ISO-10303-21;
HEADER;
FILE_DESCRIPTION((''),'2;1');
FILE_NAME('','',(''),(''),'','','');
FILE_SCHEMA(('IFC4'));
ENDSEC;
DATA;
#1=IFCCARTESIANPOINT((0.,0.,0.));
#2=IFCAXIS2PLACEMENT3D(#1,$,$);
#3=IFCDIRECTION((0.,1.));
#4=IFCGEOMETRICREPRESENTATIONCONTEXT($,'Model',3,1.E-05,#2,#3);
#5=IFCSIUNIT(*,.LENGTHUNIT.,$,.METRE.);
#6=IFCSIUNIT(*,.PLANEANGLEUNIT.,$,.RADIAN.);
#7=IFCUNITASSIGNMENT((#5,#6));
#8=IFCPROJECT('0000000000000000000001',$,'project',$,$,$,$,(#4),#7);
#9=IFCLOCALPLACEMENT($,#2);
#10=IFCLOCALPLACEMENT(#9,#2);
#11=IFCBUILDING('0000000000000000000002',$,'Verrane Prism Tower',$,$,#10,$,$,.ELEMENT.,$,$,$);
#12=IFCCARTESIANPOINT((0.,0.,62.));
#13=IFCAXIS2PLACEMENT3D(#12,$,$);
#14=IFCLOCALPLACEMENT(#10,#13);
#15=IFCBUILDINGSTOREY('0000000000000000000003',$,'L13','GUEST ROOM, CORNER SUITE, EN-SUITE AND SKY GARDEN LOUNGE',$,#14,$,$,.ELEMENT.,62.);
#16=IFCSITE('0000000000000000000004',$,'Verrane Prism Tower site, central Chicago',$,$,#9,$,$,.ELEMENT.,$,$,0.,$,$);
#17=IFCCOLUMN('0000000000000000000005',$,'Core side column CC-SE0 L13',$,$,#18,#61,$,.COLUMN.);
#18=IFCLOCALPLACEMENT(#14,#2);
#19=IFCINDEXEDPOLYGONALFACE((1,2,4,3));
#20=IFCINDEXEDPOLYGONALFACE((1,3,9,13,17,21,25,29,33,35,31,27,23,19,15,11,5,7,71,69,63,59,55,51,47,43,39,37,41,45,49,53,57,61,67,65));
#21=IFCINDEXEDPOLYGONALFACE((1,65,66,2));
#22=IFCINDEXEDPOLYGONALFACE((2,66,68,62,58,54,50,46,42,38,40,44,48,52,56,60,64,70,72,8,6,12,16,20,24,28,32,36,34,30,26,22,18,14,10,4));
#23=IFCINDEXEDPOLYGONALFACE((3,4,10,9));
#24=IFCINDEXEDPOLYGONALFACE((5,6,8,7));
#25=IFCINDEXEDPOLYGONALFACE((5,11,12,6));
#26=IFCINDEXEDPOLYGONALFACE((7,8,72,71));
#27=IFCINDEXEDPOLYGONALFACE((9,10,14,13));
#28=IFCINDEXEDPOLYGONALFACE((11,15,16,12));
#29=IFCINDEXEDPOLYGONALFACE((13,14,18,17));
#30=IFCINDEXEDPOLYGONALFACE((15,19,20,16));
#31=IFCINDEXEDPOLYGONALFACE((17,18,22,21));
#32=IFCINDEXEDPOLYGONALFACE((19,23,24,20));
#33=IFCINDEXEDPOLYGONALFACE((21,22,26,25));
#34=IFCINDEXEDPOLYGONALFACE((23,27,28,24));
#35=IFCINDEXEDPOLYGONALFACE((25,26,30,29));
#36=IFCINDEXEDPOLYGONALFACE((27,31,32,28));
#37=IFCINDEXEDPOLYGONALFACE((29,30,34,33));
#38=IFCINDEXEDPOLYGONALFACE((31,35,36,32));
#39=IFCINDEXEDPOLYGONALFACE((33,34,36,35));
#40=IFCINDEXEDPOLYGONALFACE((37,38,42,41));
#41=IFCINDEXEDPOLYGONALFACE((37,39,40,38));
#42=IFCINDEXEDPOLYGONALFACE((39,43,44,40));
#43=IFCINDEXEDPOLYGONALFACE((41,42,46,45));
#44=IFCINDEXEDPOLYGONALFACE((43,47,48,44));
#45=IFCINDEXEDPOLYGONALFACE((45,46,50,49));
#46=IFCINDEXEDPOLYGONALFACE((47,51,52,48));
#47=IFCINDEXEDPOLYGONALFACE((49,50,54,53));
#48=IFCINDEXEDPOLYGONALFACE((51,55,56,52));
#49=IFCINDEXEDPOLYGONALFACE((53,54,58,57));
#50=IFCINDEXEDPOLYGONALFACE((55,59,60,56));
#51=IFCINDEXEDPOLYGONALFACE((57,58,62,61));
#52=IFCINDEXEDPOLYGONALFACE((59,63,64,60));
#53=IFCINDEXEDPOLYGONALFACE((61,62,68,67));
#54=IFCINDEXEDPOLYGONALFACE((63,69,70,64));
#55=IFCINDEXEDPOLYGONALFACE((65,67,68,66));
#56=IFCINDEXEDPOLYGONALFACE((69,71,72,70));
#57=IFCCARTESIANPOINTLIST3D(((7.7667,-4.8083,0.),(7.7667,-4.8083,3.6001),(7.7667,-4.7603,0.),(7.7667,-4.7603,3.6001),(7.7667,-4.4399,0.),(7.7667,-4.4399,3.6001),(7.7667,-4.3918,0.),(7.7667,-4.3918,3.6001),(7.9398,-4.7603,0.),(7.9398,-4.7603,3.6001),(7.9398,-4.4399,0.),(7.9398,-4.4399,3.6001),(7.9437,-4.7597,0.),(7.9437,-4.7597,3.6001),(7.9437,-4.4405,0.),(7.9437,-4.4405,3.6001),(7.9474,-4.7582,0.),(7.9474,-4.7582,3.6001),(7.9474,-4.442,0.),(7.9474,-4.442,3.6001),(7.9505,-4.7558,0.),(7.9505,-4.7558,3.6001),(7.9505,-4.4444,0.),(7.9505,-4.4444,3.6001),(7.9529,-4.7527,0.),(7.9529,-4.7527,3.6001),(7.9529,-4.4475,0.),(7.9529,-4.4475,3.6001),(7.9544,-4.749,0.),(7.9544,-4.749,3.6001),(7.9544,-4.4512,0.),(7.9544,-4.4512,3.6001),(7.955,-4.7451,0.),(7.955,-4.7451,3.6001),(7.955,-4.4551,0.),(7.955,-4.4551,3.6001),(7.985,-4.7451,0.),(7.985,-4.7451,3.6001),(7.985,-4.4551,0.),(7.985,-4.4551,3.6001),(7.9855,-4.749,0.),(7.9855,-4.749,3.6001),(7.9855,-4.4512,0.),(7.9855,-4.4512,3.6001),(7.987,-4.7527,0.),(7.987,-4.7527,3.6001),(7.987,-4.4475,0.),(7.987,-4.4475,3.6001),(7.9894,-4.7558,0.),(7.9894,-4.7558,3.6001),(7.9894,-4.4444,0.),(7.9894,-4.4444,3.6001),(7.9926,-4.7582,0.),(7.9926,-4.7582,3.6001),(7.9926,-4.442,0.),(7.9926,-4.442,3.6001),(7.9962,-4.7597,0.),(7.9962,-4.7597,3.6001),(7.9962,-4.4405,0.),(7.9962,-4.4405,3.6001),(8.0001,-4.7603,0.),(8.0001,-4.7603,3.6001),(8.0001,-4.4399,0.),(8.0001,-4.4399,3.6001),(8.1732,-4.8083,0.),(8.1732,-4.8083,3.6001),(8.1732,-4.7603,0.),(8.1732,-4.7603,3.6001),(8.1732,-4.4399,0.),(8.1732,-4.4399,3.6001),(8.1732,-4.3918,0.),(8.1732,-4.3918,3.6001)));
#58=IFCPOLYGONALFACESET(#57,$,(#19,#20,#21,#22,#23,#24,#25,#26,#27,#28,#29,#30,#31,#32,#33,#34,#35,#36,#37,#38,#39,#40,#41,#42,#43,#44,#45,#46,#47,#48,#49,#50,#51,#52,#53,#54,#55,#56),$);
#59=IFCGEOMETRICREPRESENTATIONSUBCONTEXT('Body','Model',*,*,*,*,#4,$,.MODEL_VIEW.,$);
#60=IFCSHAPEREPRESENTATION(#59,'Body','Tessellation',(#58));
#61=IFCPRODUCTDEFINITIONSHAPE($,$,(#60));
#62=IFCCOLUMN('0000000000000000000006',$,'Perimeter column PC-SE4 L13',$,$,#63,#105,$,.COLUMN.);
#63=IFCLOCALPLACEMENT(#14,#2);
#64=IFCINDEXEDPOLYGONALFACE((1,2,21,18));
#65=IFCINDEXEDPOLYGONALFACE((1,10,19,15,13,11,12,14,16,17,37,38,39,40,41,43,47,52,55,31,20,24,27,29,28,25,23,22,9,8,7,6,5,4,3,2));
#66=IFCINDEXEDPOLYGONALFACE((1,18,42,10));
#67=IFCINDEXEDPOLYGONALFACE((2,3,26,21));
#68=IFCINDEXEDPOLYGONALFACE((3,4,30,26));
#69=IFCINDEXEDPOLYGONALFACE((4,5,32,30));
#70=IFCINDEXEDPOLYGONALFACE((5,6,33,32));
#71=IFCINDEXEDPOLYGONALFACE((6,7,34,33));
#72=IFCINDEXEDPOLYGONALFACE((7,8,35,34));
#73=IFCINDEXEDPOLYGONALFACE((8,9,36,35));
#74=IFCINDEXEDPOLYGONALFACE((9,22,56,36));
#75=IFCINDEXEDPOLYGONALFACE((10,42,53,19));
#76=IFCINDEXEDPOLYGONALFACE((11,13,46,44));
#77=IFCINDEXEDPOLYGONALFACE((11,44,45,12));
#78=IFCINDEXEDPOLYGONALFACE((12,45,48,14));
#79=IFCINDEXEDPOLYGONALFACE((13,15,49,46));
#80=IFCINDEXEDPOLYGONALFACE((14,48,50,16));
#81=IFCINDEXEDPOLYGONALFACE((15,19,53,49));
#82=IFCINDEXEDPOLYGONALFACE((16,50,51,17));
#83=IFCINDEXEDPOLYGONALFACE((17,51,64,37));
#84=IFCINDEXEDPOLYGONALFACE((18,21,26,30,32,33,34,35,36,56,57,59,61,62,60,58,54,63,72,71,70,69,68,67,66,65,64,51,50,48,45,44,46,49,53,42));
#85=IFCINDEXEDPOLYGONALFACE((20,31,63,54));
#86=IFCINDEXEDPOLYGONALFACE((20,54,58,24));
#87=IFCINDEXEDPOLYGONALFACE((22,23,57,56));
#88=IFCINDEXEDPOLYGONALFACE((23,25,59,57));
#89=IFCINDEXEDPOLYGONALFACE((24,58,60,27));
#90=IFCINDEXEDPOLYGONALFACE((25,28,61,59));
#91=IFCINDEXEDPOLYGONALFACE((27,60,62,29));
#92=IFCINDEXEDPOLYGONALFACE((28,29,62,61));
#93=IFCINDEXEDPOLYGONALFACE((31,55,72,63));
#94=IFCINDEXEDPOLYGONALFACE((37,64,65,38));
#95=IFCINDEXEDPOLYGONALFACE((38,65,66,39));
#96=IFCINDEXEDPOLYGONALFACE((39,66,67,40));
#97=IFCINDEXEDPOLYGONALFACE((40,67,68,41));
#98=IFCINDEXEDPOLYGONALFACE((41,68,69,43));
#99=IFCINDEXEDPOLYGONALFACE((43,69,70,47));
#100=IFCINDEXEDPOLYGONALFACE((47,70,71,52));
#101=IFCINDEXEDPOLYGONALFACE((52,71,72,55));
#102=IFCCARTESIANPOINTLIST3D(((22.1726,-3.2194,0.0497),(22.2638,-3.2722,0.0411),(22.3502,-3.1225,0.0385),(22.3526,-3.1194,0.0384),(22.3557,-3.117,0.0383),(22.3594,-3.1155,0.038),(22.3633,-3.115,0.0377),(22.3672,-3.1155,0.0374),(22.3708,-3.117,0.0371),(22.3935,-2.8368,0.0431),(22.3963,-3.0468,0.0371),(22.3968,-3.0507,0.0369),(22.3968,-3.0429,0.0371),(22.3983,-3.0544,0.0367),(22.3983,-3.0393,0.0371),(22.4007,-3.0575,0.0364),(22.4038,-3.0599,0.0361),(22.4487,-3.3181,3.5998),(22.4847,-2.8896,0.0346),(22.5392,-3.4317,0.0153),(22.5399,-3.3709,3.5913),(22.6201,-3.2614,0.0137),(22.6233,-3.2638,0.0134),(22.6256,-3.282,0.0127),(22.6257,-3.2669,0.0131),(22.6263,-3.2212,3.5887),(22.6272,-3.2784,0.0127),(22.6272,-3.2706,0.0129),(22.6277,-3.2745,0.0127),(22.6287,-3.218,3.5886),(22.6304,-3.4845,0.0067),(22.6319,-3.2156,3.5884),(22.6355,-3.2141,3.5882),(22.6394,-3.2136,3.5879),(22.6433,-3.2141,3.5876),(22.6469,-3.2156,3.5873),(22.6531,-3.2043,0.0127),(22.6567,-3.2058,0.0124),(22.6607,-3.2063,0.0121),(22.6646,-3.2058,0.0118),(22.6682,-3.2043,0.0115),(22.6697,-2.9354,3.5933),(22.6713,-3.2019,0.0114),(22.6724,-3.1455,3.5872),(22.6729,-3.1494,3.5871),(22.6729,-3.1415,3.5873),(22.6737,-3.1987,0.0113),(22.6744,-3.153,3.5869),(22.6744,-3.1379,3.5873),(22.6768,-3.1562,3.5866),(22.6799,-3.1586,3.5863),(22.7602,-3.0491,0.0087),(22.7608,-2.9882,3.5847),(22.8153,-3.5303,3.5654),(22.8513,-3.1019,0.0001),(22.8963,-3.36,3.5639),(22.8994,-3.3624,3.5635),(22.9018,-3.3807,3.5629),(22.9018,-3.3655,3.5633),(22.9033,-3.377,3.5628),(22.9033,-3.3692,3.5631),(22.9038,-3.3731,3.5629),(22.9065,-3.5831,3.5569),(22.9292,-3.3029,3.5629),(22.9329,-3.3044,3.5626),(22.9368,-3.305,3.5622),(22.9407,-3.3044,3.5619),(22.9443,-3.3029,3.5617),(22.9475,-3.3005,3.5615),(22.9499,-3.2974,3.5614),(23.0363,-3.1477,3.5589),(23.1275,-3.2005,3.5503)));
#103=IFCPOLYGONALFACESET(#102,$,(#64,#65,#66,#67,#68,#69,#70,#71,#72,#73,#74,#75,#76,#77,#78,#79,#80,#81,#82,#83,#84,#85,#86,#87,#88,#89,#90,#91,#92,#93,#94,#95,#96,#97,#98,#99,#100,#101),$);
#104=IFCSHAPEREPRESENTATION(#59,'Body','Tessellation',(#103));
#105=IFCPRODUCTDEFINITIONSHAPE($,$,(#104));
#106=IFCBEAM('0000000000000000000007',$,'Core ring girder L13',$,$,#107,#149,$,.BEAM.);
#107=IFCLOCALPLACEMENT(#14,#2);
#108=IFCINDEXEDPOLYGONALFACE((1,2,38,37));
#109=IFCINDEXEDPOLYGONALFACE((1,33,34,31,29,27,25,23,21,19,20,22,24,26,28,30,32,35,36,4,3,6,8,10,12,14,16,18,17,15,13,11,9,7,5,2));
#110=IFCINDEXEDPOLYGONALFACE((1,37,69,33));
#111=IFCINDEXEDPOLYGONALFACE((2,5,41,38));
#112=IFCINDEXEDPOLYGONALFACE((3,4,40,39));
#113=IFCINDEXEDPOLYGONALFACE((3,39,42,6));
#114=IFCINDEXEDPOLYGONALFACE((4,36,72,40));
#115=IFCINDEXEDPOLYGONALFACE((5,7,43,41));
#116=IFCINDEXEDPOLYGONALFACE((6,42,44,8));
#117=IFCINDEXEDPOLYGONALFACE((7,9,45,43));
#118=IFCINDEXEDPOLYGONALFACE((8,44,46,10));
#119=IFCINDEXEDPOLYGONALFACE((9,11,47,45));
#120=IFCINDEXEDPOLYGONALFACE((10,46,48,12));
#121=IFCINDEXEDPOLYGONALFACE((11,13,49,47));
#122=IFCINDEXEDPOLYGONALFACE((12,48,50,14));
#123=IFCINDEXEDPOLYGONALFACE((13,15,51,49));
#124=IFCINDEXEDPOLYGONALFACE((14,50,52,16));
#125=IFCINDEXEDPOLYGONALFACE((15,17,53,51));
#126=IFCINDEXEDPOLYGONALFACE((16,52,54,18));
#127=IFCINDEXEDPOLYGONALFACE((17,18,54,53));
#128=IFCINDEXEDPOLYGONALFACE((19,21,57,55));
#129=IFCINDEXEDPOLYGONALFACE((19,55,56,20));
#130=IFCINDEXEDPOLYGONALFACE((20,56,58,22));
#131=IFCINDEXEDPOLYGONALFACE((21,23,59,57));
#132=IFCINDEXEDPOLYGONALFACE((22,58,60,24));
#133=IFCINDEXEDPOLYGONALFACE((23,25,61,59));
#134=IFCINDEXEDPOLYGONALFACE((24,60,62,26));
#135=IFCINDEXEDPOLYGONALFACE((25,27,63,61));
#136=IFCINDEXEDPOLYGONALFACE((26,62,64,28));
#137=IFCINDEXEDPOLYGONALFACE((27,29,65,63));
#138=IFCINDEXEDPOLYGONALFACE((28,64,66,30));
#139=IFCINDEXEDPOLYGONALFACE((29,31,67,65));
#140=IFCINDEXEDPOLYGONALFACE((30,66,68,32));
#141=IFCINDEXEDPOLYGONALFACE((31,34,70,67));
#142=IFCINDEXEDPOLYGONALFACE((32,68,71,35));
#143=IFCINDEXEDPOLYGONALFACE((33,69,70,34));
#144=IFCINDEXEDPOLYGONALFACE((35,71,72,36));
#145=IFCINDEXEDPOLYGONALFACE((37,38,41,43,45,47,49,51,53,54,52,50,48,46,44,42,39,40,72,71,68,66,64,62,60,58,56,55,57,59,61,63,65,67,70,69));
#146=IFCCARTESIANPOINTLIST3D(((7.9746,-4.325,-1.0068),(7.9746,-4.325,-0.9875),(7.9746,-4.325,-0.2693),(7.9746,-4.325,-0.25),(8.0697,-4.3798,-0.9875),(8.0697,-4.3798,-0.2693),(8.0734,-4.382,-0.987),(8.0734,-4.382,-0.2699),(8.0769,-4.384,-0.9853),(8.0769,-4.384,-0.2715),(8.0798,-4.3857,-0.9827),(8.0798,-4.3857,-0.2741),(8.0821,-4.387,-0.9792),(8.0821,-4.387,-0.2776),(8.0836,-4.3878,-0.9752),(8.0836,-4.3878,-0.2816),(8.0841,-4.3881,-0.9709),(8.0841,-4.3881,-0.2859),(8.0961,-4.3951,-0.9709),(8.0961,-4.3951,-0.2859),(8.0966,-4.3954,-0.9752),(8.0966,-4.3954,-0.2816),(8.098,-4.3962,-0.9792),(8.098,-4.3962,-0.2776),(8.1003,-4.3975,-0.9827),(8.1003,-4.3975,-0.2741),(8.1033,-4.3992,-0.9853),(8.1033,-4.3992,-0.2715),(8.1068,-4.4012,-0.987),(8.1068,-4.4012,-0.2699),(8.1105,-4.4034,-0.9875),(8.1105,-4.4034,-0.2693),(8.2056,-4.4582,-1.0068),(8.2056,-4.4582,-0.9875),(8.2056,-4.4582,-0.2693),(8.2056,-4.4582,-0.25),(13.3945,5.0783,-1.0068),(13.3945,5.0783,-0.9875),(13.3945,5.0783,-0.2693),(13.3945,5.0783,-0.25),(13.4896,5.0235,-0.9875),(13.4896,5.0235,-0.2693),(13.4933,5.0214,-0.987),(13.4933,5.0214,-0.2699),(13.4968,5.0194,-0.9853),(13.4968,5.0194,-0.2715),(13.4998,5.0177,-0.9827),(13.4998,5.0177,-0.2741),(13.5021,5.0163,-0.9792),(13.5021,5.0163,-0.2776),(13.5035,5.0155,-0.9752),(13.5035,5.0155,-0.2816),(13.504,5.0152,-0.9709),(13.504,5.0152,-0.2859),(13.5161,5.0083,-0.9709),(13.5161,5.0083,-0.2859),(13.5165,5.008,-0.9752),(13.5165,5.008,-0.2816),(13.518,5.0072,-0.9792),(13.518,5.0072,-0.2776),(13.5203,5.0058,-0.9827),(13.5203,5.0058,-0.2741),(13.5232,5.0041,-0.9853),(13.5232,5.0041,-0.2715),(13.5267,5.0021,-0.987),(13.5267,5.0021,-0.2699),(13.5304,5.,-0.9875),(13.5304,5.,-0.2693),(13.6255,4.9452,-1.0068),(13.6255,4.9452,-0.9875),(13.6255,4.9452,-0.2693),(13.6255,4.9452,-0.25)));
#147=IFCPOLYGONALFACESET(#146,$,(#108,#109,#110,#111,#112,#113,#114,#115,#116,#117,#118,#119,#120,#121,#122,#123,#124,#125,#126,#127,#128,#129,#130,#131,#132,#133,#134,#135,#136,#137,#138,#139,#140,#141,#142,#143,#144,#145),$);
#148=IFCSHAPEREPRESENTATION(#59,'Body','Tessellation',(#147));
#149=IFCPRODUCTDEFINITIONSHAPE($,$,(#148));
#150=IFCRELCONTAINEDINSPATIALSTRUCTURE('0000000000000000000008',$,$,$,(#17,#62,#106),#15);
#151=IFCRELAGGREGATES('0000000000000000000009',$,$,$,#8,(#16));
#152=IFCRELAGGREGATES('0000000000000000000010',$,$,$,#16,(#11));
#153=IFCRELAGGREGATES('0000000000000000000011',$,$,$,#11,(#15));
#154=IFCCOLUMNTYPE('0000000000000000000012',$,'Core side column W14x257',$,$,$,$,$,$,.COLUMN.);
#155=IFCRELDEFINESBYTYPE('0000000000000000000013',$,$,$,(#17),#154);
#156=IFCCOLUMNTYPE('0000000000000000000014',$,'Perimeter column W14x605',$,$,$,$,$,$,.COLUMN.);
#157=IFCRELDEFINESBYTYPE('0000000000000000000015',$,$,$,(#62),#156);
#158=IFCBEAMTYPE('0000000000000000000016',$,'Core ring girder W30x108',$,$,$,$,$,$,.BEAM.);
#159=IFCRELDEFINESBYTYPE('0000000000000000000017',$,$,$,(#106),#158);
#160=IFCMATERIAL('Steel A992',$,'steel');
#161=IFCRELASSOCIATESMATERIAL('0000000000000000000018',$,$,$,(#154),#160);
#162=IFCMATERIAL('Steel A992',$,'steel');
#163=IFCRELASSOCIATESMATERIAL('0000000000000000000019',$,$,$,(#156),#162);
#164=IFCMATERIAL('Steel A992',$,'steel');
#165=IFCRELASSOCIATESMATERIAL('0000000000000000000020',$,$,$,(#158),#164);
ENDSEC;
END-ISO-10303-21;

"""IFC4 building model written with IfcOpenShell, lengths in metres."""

from ifc_helpers import new_model, si_unit, direction, frame, origin, origin_2d, place, context, subcontext, project, spatial, i_section, extrude, material, material_profile, profile_set, type_object, element, save


model = new_model("IFC4")

# Units and contexts
model_context = context("Model", 3, precision=1e-05, world=origin(), true_north=direction((0.0, 1.0)))
body_context = subcontext(model_context, "Body", "Model", "MODEL_VIEW")
ifc_project = project(units=[si_unit("LENGTHUNIT", "METRE"), si_unit("PLANEANGLEUNIT", "RADIAN")], contexts=[model_context])

# Site, building, storey
site_placement = place(None, origin())
site = spatial("IfcSite", under=ifc_project, at=site_placement, Name="Verrane Prism Tower site, central Chicago", CompositionType="ELEMENT", RefElevation=0.0)
building_placement = place(site_placement, origin())
building = spatial("IfcBuilding", under=site, at=building_placement, Name="Verrane Prism Tower", CompositionType="ELEMENT")
storey_placement = place(building_placement, frame((0.0, 0.0, 62.0)))
storey = spatial("IfcBuildingStorey", under=building, at=storey_placement, Name="L13", Description="GUEST ROOM, CORNER SUITE, EN-SUITE AND SKY GARDEN LOUNGE", CompositionType="ELEMENT", Elevation=62.0)

# Columns
ifc_material_1 = material(Name="Steel A992", Category="steel")
ifc_material_profile_1 = material_profile(ifc_material_1, i_section(OverallWidth=0.4065, OverallDepth=0.4165, WebThickness=0.03, FlangeThickness=0.0481, FilletRadius=0.0151, at=origin_2d()), Name="W14x257")
ifc_profile_set_1 = profile_set([ifc_material_profile_1], Name="Steel A992")
column_type_1 = type_object("IfcColumnType", Name="Core side column W14x257", PredefinedType="COLUMN", material=ifc_profile_set_1)
column_1_placement = place(storey_placement, frame((7.97, -4.6001, 0.0), z_axis=(0.0, 0.0, 1.0), x_axis=(1.0, 0.0, 0.0)))
element("IfcColumn", 1, at=column_1_placement, inside=storey, type_object=column_type_1, Name="Core side column CC-SE0 L13", PredefinedType="COLUMN", context=body_context, shape_type="SweptSolid", body=[
    extrude(i_section(OverallWidth=0.4065, OverallDepth=0.4165, WebThickness=0.03, FlangeThickness=0.0481, FilletRadius=0.0151, at=origin_2d()), origin(), (0.0, 0.0, 1.0), 3.6001),
])
ifc_material_2 = material(Name="Steel A992", Category="steel")
ifc_material_profile_2 = material_profile(ifc_material_2, i_section(OverallWidth=0.4419, OverallDepth=0.5308, WebThickness=0.0659, FlangeThickness=0.1057, FilletRadius=0.0151, at=origin_2d()), Name="W14x605")
ifc_profile_set_2 = profile_set([ifc_material_profile_2], Name="Steel A992")
column_type_2 = type_object("IfcColumnType", Name="Perimeter column W14x605", PredefinedType="COLUMN", material=ifc_profile_set_2)
column_2_placement = place(storey_placement, frame((22.512, -3.1606, 0.0249), z_axis=(0.077516, -0.027689, 0.996607), x_axis=(-0.499993, -0.865902, 0.014832)))
element("IfcColumn", 2, at=column_2_placement, inside=storey, type_object=column_type_2, Name="Perimeter column PC-SE4 L13", PredefinedType="COLUMN", context=body_context, shape_type="SweptSolid", body=[
    extrude(i_section(OverallWidth=0.4419, OverallDepth=0.5308, WebThickness=0.0659, FlangeThickness=0.1057, FilletRadius=0.0151, at=origin_2d()), origin(), (0.0, 0.0, 1.0), 3.5623),
])

# Beam
ifc_material_3 = material(Name="Steel A992", Category="steel")
ifc_material_profile_3 = material_profile(ifc_material_3, i_section(OverallWidth=0.2666, OverallDepth=0.7568, WebThickness=0.0139, FlangeThickness=0.0193, FilletRadius=0.0166, at=origin_2d()), Name="W30x108")
ifc_profile_set_3 = profile_set([ifc_material_profile_3], Name="Steel A992")
beam_type_1 = type_object("IfcBeamType", Name="Core ring girder W30x108", PredefinedType="BEAM", material=ifc_profile_set_3)
beam_1_placement = place(storey_placement, frame((8.0901, -4.3916, -0.6284), z_axis=(0.499372, 0.866388, 0.0), x_axis=(-0.866388, 0.499372, 0.0)))
element("IfcBeam", 3, at=beam_1_placement, inside=storey, type_object=beam_type_1, Name="Core ring girder L13", PredefinedType="BEAM", context=body_context, shape_type="SweptSolid", body=[
    extrude(i_section(OverallWidth=0.2666, OverallDepth=0.7568, WebThickness=0.0139, FlangeThickness=0.0193, FilletRadius=0.0166, at=origin_2d()), origin(), (0.0, 0.0, 1.0), 10.8535),
])

save(model, "model.ifc")
